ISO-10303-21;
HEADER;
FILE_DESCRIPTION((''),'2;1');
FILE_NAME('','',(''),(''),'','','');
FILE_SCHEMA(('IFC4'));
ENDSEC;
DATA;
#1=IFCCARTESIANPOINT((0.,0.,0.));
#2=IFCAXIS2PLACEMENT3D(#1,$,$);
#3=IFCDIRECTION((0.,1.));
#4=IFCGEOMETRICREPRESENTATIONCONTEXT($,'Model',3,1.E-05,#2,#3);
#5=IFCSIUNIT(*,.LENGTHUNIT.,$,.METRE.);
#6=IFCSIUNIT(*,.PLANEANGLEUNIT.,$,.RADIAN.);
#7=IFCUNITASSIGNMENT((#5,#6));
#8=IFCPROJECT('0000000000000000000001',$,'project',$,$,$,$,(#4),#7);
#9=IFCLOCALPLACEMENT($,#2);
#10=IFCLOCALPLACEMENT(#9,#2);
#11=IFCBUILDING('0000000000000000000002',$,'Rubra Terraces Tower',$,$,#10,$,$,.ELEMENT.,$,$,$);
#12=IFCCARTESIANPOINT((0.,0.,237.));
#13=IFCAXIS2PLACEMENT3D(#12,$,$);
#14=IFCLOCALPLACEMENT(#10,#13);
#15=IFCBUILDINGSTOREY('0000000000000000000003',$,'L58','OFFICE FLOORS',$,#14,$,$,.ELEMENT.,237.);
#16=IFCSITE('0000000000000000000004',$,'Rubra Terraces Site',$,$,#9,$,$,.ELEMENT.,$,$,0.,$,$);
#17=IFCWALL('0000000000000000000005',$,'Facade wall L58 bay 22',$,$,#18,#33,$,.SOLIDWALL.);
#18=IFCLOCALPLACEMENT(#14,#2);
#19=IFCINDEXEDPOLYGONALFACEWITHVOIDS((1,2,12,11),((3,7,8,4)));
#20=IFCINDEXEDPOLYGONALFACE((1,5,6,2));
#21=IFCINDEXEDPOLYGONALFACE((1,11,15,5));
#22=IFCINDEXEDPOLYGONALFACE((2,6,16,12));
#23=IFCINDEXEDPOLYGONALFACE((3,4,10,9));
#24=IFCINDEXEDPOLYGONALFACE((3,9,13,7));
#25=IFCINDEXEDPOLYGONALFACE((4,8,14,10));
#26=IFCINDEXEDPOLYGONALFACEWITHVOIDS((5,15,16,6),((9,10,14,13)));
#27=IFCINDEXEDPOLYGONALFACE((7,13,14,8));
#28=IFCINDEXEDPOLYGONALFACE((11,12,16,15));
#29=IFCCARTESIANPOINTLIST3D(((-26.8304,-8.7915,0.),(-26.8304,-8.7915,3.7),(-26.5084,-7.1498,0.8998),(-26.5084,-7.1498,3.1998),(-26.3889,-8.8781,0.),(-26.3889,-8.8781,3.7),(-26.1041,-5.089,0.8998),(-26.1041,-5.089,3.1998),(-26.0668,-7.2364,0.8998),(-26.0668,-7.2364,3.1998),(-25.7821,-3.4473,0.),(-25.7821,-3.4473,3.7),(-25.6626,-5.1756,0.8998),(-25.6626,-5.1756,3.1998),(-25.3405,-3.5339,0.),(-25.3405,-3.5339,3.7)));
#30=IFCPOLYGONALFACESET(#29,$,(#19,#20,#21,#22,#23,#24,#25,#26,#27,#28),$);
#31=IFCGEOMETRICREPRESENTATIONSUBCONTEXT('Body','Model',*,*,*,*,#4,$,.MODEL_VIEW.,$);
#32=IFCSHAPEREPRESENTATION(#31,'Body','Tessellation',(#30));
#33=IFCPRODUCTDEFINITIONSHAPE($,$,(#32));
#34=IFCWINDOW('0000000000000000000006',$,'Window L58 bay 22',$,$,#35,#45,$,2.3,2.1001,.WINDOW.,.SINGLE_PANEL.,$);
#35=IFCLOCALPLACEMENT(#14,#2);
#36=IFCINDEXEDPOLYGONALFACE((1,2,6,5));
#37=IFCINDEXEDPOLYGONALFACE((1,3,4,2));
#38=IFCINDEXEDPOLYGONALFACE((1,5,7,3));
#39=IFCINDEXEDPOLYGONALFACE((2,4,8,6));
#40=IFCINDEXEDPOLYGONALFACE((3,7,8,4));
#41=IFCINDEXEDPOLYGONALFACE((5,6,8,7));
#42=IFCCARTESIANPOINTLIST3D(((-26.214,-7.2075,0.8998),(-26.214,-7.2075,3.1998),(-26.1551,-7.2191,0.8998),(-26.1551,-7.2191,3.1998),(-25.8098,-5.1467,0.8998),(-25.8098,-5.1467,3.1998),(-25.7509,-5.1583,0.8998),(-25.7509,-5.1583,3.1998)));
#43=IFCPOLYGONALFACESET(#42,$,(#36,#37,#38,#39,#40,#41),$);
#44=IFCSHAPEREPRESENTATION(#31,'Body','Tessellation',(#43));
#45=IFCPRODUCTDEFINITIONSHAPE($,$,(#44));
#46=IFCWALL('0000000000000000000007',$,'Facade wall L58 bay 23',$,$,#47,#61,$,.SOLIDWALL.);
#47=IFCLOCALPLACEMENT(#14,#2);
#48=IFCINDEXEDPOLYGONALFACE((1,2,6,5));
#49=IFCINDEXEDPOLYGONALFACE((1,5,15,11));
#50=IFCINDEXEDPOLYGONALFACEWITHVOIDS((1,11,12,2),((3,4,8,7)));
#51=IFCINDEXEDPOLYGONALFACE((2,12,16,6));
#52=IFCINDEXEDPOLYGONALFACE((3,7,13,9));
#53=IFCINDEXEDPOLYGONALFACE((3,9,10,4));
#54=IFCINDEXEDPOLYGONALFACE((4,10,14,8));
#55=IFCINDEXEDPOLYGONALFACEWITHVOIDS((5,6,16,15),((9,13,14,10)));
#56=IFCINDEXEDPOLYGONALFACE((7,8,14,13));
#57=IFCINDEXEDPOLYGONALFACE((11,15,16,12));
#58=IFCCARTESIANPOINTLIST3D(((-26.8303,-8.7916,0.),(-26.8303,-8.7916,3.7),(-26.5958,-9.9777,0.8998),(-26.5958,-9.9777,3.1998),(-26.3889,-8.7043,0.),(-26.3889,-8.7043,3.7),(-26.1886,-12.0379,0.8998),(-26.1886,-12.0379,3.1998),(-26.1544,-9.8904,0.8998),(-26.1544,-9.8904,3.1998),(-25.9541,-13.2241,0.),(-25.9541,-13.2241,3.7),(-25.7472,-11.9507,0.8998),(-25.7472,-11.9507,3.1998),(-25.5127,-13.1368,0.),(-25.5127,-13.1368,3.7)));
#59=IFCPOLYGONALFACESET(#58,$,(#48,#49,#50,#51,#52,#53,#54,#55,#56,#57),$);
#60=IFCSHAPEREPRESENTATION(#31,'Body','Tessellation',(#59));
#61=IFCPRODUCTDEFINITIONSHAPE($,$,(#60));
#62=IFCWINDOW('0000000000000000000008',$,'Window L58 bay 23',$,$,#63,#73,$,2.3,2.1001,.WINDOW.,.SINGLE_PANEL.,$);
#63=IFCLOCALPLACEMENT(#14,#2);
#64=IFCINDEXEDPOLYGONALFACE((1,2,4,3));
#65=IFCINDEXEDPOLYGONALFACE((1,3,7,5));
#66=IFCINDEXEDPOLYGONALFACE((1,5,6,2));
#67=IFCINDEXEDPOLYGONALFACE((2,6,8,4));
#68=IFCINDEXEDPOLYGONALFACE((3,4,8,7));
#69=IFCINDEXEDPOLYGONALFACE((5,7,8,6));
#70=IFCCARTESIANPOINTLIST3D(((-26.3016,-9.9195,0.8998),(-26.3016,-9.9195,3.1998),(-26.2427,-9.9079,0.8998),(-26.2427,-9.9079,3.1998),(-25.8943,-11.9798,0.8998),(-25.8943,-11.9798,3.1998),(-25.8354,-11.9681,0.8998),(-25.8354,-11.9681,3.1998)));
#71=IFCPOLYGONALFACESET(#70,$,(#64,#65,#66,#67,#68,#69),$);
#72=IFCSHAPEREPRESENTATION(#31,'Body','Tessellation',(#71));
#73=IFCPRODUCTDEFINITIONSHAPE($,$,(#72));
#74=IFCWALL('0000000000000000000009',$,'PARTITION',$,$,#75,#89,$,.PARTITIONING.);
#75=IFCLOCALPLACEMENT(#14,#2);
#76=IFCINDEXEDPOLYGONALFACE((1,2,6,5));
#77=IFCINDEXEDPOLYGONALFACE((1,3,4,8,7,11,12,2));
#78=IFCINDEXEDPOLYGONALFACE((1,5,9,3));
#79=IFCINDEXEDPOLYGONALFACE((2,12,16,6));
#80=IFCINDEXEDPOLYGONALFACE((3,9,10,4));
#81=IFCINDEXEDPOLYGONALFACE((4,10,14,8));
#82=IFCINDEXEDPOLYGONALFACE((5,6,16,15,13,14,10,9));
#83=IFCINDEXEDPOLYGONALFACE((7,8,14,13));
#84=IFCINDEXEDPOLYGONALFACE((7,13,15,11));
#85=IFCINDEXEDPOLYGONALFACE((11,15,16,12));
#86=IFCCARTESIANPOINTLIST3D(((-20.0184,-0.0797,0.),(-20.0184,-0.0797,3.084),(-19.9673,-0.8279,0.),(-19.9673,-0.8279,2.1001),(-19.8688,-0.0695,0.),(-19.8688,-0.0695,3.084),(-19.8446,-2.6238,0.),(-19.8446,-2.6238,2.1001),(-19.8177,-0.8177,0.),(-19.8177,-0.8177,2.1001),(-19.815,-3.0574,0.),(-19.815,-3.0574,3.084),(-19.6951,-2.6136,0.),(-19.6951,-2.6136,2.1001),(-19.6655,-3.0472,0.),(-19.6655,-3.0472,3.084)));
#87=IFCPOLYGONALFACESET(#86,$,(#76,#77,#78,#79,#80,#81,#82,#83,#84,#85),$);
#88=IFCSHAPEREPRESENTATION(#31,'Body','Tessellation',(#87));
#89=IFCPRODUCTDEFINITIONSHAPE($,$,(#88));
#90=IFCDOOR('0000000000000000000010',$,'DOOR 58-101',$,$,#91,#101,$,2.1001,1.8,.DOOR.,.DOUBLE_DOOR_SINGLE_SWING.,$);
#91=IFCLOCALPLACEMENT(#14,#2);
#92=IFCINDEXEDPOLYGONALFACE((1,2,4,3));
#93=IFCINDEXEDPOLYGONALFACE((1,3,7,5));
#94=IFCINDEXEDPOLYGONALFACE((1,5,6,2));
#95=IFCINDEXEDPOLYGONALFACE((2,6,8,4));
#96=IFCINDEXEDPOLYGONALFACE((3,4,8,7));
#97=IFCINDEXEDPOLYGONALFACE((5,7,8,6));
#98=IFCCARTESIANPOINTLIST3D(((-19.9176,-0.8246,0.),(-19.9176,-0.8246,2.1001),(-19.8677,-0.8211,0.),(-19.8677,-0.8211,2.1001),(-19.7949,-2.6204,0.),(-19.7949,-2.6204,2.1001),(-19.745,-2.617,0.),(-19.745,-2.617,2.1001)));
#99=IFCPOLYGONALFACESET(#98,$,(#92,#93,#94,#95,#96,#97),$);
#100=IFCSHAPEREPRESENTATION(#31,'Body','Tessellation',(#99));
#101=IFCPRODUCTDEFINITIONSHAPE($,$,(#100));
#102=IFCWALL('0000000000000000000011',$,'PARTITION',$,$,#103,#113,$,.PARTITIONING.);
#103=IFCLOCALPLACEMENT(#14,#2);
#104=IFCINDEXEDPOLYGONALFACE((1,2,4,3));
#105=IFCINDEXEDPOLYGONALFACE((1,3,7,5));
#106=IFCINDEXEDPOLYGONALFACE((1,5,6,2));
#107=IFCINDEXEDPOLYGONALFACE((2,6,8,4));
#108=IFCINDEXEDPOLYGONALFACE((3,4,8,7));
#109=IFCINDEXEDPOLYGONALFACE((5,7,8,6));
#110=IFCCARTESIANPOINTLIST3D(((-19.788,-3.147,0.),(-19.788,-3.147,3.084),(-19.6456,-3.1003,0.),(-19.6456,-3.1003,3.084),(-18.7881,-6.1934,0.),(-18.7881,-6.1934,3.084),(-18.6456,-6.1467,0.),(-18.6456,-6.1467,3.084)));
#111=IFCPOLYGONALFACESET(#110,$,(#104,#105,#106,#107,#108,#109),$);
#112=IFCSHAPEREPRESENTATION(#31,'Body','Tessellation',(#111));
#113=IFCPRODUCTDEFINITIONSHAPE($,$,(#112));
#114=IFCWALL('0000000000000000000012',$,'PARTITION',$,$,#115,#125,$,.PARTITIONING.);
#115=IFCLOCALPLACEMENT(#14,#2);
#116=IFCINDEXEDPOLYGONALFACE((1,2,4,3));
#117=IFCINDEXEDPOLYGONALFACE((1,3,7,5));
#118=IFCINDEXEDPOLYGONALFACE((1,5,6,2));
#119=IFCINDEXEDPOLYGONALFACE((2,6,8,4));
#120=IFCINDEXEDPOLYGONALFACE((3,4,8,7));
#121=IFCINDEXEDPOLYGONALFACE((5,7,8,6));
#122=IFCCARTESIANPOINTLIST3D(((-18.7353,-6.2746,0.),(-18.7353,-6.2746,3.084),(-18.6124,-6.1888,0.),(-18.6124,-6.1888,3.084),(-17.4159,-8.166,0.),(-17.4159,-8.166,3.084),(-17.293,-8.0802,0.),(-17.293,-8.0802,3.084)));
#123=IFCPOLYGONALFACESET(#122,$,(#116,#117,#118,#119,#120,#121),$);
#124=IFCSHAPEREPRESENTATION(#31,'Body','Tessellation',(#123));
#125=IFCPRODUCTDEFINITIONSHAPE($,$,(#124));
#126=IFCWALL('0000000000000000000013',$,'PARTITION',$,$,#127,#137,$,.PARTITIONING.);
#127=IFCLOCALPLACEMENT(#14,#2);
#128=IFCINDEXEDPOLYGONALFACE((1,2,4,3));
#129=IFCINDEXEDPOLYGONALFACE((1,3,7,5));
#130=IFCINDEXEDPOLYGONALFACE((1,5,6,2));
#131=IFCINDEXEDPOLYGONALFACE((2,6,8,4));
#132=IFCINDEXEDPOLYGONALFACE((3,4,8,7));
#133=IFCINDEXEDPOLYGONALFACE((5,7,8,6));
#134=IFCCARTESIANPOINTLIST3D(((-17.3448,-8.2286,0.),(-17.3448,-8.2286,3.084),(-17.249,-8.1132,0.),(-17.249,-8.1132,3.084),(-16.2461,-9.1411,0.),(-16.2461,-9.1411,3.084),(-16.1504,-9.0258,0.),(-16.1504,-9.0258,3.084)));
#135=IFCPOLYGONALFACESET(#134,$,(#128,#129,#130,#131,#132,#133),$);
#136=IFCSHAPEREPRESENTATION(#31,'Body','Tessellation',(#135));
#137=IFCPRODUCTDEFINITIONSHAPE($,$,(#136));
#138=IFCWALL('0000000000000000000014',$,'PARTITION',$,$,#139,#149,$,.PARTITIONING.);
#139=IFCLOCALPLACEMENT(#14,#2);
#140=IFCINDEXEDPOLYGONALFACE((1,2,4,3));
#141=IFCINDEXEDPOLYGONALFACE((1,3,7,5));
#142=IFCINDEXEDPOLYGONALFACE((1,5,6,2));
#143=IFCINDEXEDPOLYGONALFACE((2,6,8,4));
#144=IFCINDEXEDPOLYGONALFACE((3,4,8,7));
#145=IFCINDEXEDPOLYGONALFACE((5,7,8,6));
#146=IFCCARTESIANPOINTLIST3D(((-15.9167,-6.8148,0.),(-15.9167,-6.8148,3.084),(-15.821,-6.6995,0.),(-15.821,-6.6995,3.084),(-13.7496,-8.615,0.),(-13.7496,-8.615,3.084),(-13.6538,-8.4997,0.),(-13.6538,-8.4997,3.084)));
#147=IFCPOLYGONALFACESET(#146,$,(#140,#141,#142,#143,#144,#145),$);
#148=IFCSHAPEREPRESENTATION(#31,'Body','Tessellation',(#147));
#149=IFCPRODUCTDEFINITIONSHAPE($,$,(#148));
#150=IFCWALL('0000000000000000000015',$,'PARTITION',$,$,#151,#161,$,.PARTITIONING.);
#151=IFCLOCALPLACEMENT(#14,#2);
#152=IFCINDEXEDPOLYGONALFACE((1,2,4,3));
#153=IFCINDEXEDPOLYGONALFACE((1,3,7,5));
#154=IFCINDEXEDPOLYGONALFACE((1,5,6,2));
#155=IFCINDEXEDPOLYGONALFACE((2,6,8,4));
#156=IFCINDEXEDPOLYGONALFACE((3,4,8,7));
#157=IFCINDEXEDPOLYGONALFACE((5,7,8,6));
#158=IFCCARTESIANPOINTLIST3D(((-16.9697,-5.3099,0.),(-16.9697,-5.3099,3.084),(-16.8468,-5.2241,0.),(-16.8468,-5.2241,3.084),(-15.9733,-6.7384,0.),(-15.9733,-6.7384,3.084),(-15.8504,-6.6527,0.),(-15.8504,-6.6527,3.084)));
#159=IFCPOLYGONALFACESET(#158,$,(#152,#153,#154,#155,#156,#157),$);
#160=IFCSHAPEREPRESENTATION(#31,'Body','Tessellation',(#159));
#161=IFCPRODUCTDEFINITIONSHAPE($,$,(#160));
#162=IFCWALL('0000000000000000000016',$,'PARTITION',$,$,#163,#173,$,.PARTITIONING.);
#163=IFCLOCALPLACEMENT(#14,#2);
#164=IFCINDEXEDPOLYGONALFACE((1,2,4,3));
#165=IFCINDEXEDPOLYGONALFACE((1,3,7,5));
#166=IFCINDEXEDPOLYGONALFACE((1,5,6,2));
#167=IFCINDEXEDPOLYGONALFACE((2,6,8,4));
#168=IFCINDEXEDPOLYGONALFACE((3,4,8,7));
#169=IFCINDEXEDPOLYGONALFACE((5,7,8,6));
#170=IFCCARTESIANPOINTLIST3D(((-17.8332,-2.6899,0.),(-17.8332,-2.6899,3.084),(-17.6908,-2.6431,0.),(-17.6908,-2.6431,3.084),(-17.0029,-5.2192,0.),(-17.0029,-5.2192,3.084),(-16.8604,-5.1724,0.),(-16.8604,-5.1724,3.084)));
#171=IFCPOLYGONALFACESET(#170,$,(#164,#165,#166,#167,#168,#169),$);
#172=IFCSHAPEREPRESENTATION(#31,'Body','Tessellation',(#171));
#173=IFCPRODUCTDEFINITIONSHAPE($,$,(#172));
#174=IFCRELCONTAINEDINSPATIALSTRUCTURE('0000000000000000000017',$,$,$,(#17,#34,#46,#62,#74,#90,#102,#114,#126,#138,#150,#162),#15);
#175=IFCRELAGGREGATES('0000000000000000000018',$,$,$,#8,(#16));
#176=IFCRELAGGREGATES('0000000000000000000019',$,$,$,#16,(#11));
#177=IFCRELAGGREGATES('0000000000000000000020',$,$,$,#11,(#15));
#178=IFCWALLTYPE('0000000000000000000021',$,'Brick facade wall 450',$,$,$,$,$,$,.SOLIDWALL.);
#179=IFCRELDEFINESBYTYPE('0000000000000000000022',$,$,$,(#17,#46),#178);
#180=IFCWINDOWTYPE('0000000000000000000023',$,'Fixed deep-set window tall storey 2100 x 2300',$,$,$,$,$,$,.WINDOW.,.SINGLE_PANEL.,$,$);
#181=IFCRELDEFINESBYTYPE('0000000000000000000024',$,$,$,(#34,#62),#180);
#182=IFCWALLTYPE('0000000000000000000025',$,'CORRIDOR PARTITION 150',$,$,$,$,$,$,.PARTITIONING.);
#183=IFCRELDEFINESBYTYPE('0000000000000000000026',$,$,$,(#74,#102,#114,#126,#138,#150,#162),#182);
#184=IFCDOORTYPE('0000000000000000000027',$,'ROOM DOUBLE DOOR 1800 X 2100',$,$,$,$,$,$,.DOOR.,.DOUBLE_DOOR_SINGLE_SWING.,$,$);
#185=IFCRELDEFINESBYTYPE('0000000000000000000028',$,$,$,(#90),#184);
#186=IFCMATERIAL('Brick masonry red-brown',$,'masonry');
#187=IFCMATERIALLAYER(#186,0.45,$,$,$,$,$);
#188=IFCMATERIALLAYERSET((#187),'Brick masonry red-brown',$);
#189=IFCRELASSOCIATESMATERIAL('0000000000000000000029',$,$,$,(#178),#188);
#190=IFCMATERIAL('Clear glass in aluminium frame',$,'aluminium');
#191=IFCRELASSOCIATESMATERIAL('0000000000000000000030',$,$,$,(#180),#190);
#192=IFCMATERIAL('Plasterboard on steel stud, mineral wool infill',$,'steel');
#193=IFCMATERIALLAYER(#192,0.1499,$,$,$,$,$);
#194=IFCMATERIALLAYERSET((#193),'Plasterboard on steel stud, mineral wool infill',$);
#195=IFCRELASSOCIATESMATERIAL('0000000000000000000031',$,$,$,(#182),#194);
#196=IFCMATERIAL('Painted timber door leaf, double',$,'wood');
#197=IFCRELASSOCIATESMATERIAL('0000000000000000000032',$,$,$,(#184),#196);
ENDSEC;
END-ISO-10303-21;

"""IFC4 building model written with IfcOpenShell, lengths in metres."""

from ifc_helpers import new_model, si_unit, direction, frame, frame_2d, origin, place, context, subcontext, project, spatial, rectangle, extrude, material, layer, layer_set, type_object, element, fill, save


model = new_model("IFC4")

# Units and contexts
model_context = context("Model", 3, precision=1e-05, world=origin(), true_north=direction((0.0, 1.0)))
body_context = subcontext(model_context, "Body", "Model", "MODEL_VIEW")
ifc_project = project(units=[si_unit("LENGTHUNIT", "METRE"), si_unit("PLANEANGLEUNIT", "RADIAN")], contexts=[model_context])

# Site, building, storey
site_placement = place(None, origin())
site = spatial("IfcSite", under=ifc_project, at=site_placement, Name="Rubra Terraces Site", CompositionType="ELEMENT", RefElevation=0.0)
building_placement = place(site_placement, origin())
building = spatial("IfcBuilding", under=site, at=building_placement, Name="Rubra Terraces Tower", CompositionType="ELEMENT")
storey_placement = place(building_placement, frame((0.0, 0.0, 237.0)))
storey = spatial("IfcBuildingStorey", under=building, at=storey_placement, Name="L58", Description="OFFICE FLOORS", CompositionType="ELEMENT", Elevation=237.0)

# Walls, openings, windows
ifc_material_1 = material(Name="Brick masonry red-brown", Category="masonry")
ifc_layer_1 = layer(ifc_material_1, 0.45)
ifc_layer_set_1 = layer_set([ifc_layer_1], Name="Brick masonry red-brown")
wall_type_1 = type_object("IfcWallType", Name="Brick facade wall 450", PredefinedType="SOLIDWALL", material=ifc_layer_set_1)
ifc_material_2 = material(Name="Clear glass in aluminium frame", Category="aluminium")
wall_1_placement = place(storey_placement, frame((-25.5613, -3.4905, 0.0), z_axis=(0.0, 0.0, 1.0), x_axis=(-0.192494, -0.981298, 0.0)))
wall_1 = element("IfcWall", 1, at=wall_1_placement, inside=storey, type_object=wall_type_1, Name="Facade wall L58 bay 22", PredefinedType="SOLIDWALL", context=body_context, shape_type="SweptSolid", body=[
    extrude(rectangle(XDim=5.446, YDim=0.45, at=frame_2d((2.7231, 0.0))), origin(), (0.0, 0.0, 1.0), 3.7),
])
opening_1_placement = place(wall_1_placement, frame((1.6731, 0.0, 0.8999)))
opening_1 = element("IfcOpeningElement", 2, at=opening_1_placement, cuts=wall_1, PredefinedType="OPENING", context=body_context, shape_type="SweptSolid", body=[
    extrude(rectangle(XDim=2.1001, YDim=2.3, at=frame_2d((1.05, 1.1499))), frame((0.0, 0.2349, 0.0), z_axis=(0.0, -1.0, 0.0), x_axis=(1.0, 0.0, 0.0)), (0.0, 0.0, 1.0), 0.47),
])
window_type_1 = type_object("IfcWindowType", Name="Fixed deep-set window tall storey 2100 x 2300", PartitioningType="SINGLE_PANEL", PredefinedType="WINDOW", material=ifc_material_2)
window_1_placement = place(opening_1_placement, origin())
window_1 = element("IfcWindow", 3, at=window_1_placement, inside=storey, type_object=window_type_1, Name="Window L58 bay 22", OverallHeight=2.3, OverallWidth=2.1001, PartitioningType="SINGLE_PANEL", PredefinedType="WINDOW", context=body_context, shape_type="SweptSolid", body=[
    extrude(rectangle(XDim=2.1001, YDim=2.3, at=frame_2d((1.05, 1.1499))), frame((0.0, 0.135, 0.0), z_axis=(0.0, -1.0, 0.0), x_axis=(1.0, 0.0, 0.0)), (0.0, 0.0, 1.0), 0.0601),
])
fill(opening_1, window_1)
wall_2_placement = place(storey_placement, frame((-26.6096, -8.7478, 0.0), z_axis=(0.0, 0.0, 1.0), x_axis=(0.193923, -0.981017, 0.0)))
wall_2 = element("IfcWall", 4, at=wall_2_placement, inside=storey, type_object=wall_type_1, Name="Facade wall L58 bay 23", PredefinedType="SOLIDWALL", context=body_context, shape_type="SweptSolid", body=[
    extrude(rectangle(XDim=4.5183, YDim=0.45, at=frame_2d((2.2593, 0.0))), origin(), (0.0, 0.0, 1.0), 3.7),
])
opening_2_placement = place(wall_2_placement, frame((1.2092, 0.0, 0.8999)))
opening_2 = element("IfcOpeningElement", 5, at=opening_2_placement, cuts=wall_2, PredefinedType="OPENING", context=body_context, shape_type="SweptSolid", body=[
    extrude(rectangle(XDim=2.1001, YDim=2.3, at=frame_2d((1.05, 1.1499))), frame((0.0, 0.2349, 0.0), z_axis=(0.0, -1.0, 0.0), x_axis=(1.0, 0.0, 0.0)), (0.0, 0.0, 1.0), 0.47),
])
window_2_placement = place(opening_2_placement, origin())
window_2 = element("IfcWindow", 6, at=window_2_placement, inside=storey, type_object=window_type_1, Name="Window L58 bay 23", OverallHeight=2.3, OverallWidth=2.1001, PartitioningType="SINGLE_PANEL", PredefinedType="WINDOW", context=body_context, shape_type="SweptSolid", body=[
    extrude(rectangle(XDim=2.1001, YDim=2.3, at=frame_2d((1.05, 1.1499))), frame((0.0, 0.135, 0.0), z_axis=(0.0, -1.0, 0.0), x_axis=(1.0, 0.0, 0.0)), (0.0, 0.0, 1.0), 0.0601),
])
fill(opening_2, window_2)

# Wall, opening, door
ifc_material_3 = material(Name="Plasterboard on steel stud, mineral wool infill", Category="steel")
ifc_layer_2 = layer(ifc_material_3, 0.1499)
ifc_layer_set_2 = layer_set([ifc_layer_2], Name="Plasterboard on steel stud, mineral wool infill")
wall_type_2 = type_object("IfcWallType", Name="CORRIDOR PARTITION 150", PredefinedType="PARTITIONING", material=ifc_layer_set_2)
wall_3_placement = place(storey_placement, frame((-19.9436, -0.0747, 0.0), z_axis=(0.0, 0.0, 1.0), x_axis=(0.068137, -0.997676, 0.0)))
wall_3 = element("IfcWall", 7, at=wall_3_placement, inside=storey, type_object=wall_type_2, Name="PARTITION", PredefinedType="PARTITIONING", context=body_context, shape_type="SweptSolid", body=[
    extrude(rectangle(XDim=2.9846, YDim=0.1499, at=frame_2d((1.4922, 0.0))), origin(), (0.0, 0.0, 1.0), 3.084),
])
opening_3_placement = place(wall_3_placement, frame((0.75, 0.0, 0.0)))
opening_3 = element("IfcOpeningElement", 8, at=opening_3_placement, cuts=wall_3, PredefinedType="OPENING", context=body_context, shape_type="SweptSolid", body=[
    extrude(rectangle(XDim=1.8, YDim=2.1001, at=frame_2d((0.8999, 1.05))), frame((0.0, 0.085, 0.0), z_axis=(0.0, -1.0, 0.0), x_axis=(1.0, 0.0, 0.0)), (0.0, 0.0, 1.0), 0.1699),
])
ifc_material_4 = material(Name="Painted timber door leaf, double", Category="wood")
door_type_1 = type_object("IfcDoorType", Name="ROOM DOUBLE DOOR 1800 X 2100", OperationType="DOUBLE_DOOR_SINGLE_SWING", PredefinedType="DOOR", material=ifc_material_4)
door_1_placement = place(opening_3_placement, origin())
door_1 = element("IfcDoor", 9, at=door_1_placement, inside=storey, type_object=door_type_1, Name="DOOR 58-101", OperationType="DOUBLE_DOOR_SINGLE_SWING", OverallHeight=2.1001, OverallWidth=1.8, PredefinedType="DOOR", context=body_context, shape_type="SweptSolid", body=[
    extrude(rectangle(XDim=1.8, YDim=2.1001, at=frame_2d((0.8999, 1.05))), frame((0.0, 0.0249, 0.0), z_axis=(0.0, -1.0, 0.0), x_axis=(1.0, 0.0, 0.0)), (0.0, 0.0, 1.0), 0.05),
])
fill(opening_3, door_1)

# Walls
wall_4_placement = place(storey_placement, frame((-19.7168, -3.1238, 0.0), z_axis=(0.0, 0.0, 1.0), x_axis=(0.311884, -0.95012, 0.0)))
element("IfcWall", 10, at=wall_4_placement, inside=storey, type_object=wall_type_2, Name="PARTITION", PredefinedType="PARTITIONING", context=body_context, shape_type="SweptSolid", body=[
    extrude(rectangle(XDim=3.2063, YDim=0.1499, at=frame_2d((1.603, 0.0))), origin(), (0.0, 0.0, 1.0), 3.084),
])
wall_5_placement = place(storey_placement, frame((-18.6738, -6.2317, 0.0), z_axis=(0.0, 0.0, 1.0), x_axis=(0.572119, -0.820171, 0.0)))
element("IfcWall", 11, at=wall_5_placement, inside=storey, type_object=wall_type_2, Name="PARTITION", PredefinedType="PARTITIONING", context=body_context, shape_type="SweptSolid", body=[
    extrude(rectangle(XDim=2.3062, YDim=0.1499, at=frame_2d((1.1531, 0.0))), origin(), (0.0, 0.0, 1.0), 3.084),
])
wall_6_placement = place(storey_placement, frame((-17.2969, -8.1709, 0.0), z_axis=(0.0, 0.0, 1.0), x_axis=(0.769229, -0.638973, 0.0)))
element("IfcWall", 12, at=wall_6_placement, inside=storey, type_object=wall_type_2, Name="PARTITION", PredefinedType="PARTITIONING", context=body_context, shape_type="SweptSolid", body=[
    extrude(rectangle(XDim=1.4282, YDim=0.1499, at=frame_2d((0.7141, 0.0))), origin(), (0.0, 0.0, 1.0), 3.084),
])
wall_7_placement = place(storey_placement, frame((-13.7017, -8.5574, 0.0), z_axis=(0.0, 0.0, 1.0), x_axis=(-0.769222, 0.638982, 0.0)))
element("IfcWall", 13, at=wall_7_placement, inside=storey, type_object=wall_type_2, Name="PARTITION", PredefinedType="PARTITIONING", context=body_context, shape_type="SweptSolid", body=[
    extrude(rectangle(XDim=2.8174, YDim=0.1499, at=frame_2d((1.4087, 0.0))), origin(), (0.0, 0.0, 1.0), 3.084),
])
wall_8_placement = place(storey_placement, frame((-15.9119, -6.6956, 0.0), z_axis=(0.0, 0.0, 1.0), x_axis=(-0.572079, 0.820199, 0.0)))
element("IfcWall", 14, at=wall_8_placement, inside=storey, type_object=wall_type_2, Name="PARTITION", PredefinedType="PARTITIONING", context=body_context, shape_type="SweptSolid", body=[
    extrude(rectangle(XDim=1.7417, YDim=0.1499, at=frame_2d((0.8708, 0.0))), origin(), (0.0, 0.0, 1.0), 3.084),
])
wall_9_placement = place(storey_placement, frame((-16.9316, -5.1958, 0.0), z_axis=(0.0, 0.0, 1.0), x_axis=(-0.311905, 0.950113, 0.0)))
element("IfcWall", 15, at=wall_9_placement, inside=storey, type_object=wall_type_2, Name="PARTITION", PredefinedType="PARTITIONING", context=body_context, shape_type="SweptSolid", body=[
    extrude(rectangle(XDim=2.6621, YDim=0.1499, at=frame_2d((1.3311, 0.0))), origin(), (0.0, 0.0, 1.0), 3.084),
])

save(model, "model.ifc")
